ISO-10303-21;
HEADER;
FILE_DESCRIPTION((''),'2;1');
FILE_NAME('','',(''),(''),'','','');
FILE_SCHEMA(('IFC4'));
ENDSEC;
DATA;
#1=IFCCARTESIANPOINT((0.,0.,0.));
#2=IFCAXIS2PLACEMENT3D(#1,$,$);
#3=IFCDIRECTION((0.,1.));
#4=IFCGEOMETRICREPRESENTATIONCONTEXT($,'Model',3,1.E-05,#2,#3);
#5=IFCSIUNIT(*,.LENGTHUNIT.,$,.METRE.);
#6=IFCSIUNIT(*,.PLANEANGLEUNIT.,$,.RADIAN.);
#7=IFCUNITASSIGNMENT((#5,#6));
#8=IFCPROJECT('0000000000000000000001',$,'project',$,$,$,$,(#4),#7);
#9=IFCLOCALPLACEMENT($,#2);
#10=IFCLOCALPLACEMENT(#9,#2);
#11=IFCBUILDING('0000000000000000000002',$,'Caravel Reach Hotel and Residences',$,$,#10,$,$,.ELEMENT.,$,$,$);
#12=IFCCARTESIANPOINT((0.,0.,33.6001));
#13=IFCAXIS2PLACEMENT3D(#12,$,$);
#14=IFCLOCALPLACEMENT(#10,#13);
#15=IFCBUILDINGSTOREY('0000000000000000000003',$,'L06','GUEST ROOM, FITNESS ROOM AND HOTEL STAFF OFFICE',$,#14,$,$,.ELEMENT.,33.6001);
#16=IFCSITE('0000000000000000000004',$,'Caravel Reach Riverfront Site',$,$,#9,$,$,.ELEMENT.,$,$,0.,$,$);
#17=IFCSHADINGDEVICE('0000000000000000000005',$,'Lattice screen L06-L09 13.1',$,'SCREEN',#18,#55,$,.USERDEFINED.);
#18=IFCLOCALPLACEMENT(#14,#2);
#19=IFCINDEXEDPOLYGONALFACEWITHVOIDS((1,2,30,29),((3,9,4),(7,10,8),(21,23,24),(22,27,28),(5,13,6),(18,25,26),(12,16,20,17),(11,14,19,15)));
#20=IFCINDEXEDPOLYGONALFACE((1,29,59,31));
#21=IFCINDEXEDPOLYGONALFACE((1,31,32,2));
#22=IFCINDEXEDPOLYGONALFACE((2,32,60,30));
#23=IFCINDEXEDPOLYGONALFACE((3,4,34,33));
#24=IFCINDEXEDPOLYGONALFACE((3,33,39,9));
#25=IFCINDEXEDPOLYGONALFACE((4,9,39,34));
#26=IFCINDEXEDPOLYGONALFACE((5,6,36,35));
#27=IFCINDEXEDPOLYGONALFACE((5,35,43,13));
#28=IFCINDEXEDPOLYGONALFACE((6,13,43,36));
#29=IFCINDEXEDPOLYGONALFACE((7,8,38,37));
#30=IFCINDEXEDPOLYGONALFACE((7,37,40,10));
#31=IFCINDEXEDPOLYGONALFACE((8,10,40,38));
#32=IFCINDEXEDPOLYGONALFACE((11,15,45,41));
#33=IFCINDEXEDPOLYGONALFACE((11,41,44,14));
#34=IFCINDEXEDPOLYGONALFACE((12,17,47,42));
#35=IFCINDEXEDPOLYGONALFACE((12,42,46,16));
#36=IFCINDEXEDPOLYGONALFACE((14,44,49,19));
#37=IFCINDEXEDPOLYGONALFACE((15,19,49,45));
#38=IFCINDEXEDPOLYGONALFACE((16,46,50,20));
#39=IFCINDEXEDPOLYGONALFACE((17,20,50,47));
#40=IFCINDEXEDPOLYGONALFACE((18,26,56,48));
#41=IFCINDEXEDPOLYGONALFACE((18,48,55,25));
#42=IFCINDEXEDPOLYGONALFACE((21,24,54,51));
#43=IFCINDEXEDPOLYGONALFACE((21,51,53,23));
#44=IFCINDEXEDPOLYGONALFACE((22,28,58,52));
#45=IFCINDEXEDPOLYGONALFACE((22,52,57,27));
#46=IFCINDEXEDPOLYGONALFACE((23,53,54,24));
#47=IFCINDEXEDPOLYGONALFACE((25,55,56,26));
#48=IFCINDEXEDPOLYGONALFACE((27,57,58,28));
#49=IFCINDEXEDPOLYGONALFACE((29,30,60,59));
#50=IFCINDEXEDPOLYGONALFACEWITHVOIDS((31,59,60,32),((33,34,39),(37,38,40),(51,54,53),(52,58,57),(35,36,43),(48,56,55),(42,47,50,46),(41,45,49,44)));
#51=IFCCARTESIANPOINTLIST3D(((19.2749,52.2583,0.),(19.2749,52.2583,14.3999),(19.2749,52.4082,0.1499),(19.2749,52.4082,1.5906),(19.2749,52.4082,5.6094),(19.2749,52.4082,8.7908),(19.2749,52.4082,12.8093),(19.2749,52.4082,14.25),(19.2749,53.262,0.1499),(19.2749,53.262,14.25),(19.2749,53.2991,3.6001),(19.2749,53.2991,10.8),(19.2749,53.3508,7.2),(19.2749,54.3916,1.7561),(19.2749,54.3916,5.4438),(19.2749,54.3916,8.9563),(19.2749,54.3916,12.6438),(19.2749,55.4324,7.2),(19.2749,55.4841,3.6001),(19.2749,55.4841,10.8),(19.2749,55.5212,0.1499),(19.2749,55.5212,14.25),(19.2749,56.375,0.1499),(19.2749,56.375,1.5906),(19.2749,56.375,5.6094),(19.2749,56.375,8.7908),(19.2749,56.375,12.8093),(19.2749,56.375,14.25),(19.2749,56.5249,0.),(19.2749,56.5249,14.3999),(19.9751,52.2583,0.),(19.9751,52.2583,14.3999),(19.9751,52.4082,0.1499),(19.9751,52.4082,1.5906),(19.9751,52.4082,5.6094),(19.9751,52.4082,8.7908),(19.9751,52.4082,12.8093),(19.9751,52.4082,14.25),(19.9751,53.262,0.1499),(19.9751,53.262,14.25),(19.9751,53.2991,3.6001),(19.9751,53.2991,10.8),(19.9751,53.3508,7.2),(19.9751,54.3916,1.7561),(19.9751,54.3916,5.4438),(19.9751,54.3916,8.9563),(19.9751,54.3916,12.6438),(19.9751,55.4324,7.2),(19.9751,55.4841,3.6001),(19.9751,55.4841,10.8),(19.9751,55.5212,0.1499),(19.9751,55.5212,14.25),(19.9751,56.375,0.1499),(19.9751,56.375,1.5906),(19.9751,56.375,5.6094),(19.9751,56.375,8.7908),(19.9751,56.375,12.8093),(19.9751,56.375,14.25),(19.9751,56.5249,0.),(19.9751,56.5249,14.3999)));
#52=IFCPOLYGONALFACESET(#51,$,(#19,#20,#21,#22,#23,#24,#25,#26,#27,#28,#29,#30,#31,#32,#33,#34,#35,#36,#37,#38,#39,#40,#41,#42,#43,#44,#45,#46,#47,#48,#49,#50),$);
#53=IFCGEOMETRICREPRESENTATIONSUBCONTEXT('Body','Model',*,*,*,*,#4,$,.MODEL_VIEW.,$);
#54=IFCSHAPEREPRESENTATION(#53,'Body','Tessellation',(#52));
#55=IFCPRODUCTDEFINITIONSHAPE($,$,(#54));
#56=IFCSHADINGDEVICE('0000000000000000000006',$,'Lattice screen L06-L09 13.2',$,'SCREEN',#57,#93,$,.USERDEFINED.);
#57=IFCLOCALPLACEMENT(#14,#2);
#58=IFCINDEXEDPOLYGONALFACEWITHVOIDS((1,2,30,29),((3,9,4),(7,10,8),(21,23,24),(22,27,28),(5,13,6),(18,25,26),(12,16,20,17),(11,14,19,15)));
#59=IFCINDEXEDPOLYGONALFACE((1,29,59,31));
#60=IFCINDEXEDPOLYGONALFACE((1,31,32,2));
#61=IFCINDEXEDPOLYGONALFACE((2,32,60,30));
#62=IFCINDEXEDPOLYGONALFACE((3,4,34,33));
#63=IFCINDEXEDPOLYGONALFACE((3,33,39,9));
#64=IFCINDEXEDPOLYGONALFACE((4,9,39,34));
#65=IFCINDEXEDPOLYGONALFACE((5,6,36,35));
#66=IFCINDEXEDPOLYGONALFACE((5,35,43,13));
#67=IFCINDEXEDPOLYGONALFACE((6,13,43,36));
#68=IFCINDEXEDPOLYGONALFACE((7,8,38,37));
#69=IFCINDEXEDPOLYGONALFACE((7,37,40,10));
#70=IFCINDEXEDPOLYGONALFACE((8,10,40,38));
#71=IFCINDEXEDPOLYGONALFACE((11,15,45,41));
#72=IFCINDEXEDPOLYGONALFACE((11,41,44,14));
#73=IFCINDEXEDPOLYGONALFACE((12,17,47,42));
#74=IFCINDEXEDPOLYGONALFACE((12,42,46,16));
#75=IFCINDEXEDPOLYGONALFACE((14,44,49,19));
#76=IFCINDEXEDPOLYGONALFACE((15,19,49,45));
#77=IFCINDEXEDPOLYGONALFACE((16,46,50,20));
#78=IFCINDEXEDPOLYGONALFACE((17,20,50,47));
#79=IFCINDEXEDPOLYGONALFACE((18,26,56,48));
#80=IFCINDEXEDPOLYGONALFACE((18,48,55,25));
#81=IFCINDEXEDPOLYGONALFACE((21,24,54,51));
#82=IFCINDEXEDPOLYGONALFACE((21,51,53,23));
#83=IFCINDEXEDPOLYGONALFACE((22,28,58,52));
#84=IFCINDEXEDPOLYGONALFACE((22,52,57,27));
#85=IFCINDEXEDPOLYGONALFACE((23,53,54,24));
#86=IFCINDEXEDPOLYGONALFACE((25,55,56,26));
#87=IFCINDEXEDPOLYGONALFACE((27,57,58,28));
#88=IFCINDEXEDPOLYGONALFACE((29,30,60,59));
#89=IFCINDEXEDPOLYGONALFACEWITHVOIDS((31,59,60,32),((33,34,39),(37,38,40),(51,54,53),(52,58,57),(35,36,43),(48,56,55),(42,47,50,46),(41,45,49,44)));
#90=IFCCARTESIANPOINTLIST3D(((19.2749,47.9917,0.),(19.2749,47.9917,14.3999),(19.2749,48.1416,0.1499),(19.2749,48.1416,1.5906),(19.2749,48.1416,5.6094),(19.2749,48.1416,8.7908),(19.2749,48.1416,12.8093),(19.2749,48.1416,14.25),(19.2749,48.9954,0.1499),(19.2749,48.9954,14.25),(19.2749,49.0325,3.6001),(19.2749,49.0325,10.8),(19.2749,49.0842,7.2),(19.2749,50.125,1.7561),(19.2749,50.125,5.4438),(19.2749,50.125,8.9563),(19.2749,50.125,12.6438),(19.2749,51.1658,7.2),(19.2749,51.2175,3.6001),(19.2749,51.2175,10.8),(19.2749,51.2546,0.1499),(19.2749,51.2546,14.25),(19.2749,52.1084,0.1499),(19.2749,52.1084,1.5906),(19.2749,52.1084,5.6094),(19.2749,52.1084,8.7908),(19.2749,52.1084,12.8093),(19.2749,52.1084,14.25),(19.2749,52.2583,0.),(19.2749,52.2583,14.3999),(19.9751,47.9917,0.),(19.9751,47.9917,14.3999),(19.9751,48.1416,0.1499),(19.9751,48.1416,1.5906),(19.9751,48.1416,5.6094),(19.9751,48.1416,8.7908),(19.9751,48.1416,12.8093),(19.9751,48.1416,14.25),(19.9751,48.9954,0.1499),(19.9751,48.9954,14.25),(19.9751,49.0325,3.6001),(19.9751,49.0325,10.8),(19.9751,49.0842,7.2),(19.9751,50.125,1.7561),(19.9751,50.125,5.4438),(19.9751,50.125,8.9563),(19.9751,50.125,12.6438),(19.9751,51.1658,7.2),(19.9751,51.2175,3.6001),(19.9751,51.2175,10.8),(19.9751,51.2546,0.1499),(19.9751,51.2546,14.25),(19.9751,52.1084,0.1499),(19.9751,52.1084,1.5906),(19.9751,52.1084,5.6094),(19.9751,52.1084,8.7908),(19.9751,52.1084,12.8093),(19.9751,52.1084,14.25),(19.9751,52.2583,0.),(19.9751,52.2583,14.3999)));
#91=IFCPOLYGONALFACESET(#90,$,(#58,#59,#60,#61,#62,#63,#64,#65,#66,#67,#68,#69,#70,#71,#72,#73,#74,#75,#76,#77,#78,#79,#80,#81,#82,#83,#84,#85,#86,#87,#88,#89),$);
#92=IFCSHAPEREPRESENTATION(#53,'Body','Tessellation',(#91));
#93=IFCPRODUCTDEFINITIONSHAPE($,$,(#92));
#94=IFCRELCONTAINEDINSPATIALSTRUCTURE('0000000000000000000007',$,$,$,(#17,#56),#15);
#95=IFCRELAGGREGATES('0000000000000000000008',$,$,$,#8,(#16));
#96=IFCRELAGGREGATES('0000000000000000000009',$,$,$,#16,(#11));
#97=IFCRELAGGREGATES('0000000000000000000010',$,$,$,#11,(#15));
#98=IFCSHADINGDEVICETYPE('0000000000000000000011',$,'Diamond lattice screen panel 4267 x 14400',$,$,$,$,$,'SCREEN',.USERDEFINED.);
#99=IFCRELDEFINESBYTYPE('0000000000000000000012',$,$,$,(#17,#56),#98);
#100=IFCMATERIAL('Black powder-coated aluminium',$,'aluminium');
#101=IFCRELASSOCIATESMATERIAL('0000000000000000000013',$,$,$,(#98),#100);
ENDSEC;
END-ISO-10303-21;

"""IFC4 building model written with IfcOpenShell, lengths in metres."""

from ifc_helpers import new_model, si_unit, direction, frame, origin, place, context, subcontext, project, spatial, polyline, outline, extrude, material, type_object, element, save


model = new_model("IFC4")

# Units and contexts
model_context = context("Model", 3, precision=1e-05, world=origin(), true_north=direction((0.0, 1.0)))
body_context = subcontext(model_context, "Body", "Model", "MODEL_VIEW")
ifc_project = project(units=[si_unit("LENGTHUNIT", "METRE"), si_unit("PLANEANGLEUNIT", "RADIAN")], contexts=[model_context])

# Site, building, storey
site_placement = place(None, origin())
site = spatial("IfcSite", under=ifc_project, at=site_placement, Name="Caravel Reach Riverfront Site", CompositionType="ELEMENT", RefElevation=0.0)
building_placement = place(site_placement, origin())
building = spatial("IfcBuilding", under=site, at=building_placement, Name="Caravel Reach Hotel and Residences", CompositionType="ELEMENT")
storey_placement = place(building_placement, frame((0.0, 0.0, 33.6001)))
storey = spatial("IfcBuildingStorey", under=building, at=storey_placement, Name="L06", Description="GUEST ROOM, FITNESS ROOM AND HOTEL STAFF OFFICE", CompositionType="ELEMENT", Elevation=33.6001)

# Shading devices
ifc_material_1 = material(Name="Black powder-coated aluminium", Category="aluminium")
shading_device_type_1 = type_object("IfcShadingDeviceType", Name="Diamond lattice screen panel 4267 x 14400", ElementType="SCREEN", PredefinedType="USERDEFINED", material=ifc_material_1)
for number, where, z_axis, x_axis, name in (
    (1, (19.9751, 56.5249, 0.0), (-1.0, 0.0, 0.0), (0.0, -1.0, 0.0), "Lattice screen L06-L09 13.1"),
    (2, (19.9751, 52.2583, 0.0), (-1.0, 0.0, 0.0), (0.0, -1.0, 0.0), "Lattice screen L06-L09 13.2"),
):
    element("IfcShadingDevice", number, at=place(storey_placement, frame(where, z_axis=z_axis, x_axis=x_axis)), inside=storey, type_object=shading_device_type_1, Name=name, ObjectType="SCREEN", PredefinedType="USERDEFINED", context=body_context, shape_type="SweptSolid", body=[
        extrude(outline(polyline([(0.0, 0.0), (4.2666, 0.0), (4.2666, 14.3999), (0.0, 14.3999), (0.0, 0.0)]), holes=[polyline([(1.0037, 0.1499), (0.1499, 1.5906), (0.1499, 0.1499), (1.0037, 0.1499)]), polyline([(1.0925, 7.2), (0.1499, 8.7908), (0.1499, 5.6094), (1.0925, 7.2)]), polyline([(0.1499, 12.8093), (1.0037, 14.25), (0.1499, 14.25), (0.1499, 12.8093)]), polyline([(2.1333, 5.4438), (1.0408, 3.6001), (2.1333, 1.7561), (3.2258, 3.6001), (2.1333, 5.4438)]), polyline([(2.1333, 12.6438), (1.0408, 10.8), (2.1333, 8.9563), (3.2258, 10.8), (2.1333, 12.6438)]), polyline([(4.1167, 1.5906), (3.2629, 0.1499), (4.1167, 0.1499), (4.1167, 1.5906)]), polyline([(3.1741, 7.2), (4.1167, 5.6094), (4.1167, 8.7908), (3.1741, 7.2)]), polyline([(3.2629, 14.25), (4.1167, 12.8093), (4.1167, 14.25), (3.2629, 14.25)])]), origin(), (0.0, 0.0, 1.0), 0.7002),
    ])

save(model, "model.ifc")
